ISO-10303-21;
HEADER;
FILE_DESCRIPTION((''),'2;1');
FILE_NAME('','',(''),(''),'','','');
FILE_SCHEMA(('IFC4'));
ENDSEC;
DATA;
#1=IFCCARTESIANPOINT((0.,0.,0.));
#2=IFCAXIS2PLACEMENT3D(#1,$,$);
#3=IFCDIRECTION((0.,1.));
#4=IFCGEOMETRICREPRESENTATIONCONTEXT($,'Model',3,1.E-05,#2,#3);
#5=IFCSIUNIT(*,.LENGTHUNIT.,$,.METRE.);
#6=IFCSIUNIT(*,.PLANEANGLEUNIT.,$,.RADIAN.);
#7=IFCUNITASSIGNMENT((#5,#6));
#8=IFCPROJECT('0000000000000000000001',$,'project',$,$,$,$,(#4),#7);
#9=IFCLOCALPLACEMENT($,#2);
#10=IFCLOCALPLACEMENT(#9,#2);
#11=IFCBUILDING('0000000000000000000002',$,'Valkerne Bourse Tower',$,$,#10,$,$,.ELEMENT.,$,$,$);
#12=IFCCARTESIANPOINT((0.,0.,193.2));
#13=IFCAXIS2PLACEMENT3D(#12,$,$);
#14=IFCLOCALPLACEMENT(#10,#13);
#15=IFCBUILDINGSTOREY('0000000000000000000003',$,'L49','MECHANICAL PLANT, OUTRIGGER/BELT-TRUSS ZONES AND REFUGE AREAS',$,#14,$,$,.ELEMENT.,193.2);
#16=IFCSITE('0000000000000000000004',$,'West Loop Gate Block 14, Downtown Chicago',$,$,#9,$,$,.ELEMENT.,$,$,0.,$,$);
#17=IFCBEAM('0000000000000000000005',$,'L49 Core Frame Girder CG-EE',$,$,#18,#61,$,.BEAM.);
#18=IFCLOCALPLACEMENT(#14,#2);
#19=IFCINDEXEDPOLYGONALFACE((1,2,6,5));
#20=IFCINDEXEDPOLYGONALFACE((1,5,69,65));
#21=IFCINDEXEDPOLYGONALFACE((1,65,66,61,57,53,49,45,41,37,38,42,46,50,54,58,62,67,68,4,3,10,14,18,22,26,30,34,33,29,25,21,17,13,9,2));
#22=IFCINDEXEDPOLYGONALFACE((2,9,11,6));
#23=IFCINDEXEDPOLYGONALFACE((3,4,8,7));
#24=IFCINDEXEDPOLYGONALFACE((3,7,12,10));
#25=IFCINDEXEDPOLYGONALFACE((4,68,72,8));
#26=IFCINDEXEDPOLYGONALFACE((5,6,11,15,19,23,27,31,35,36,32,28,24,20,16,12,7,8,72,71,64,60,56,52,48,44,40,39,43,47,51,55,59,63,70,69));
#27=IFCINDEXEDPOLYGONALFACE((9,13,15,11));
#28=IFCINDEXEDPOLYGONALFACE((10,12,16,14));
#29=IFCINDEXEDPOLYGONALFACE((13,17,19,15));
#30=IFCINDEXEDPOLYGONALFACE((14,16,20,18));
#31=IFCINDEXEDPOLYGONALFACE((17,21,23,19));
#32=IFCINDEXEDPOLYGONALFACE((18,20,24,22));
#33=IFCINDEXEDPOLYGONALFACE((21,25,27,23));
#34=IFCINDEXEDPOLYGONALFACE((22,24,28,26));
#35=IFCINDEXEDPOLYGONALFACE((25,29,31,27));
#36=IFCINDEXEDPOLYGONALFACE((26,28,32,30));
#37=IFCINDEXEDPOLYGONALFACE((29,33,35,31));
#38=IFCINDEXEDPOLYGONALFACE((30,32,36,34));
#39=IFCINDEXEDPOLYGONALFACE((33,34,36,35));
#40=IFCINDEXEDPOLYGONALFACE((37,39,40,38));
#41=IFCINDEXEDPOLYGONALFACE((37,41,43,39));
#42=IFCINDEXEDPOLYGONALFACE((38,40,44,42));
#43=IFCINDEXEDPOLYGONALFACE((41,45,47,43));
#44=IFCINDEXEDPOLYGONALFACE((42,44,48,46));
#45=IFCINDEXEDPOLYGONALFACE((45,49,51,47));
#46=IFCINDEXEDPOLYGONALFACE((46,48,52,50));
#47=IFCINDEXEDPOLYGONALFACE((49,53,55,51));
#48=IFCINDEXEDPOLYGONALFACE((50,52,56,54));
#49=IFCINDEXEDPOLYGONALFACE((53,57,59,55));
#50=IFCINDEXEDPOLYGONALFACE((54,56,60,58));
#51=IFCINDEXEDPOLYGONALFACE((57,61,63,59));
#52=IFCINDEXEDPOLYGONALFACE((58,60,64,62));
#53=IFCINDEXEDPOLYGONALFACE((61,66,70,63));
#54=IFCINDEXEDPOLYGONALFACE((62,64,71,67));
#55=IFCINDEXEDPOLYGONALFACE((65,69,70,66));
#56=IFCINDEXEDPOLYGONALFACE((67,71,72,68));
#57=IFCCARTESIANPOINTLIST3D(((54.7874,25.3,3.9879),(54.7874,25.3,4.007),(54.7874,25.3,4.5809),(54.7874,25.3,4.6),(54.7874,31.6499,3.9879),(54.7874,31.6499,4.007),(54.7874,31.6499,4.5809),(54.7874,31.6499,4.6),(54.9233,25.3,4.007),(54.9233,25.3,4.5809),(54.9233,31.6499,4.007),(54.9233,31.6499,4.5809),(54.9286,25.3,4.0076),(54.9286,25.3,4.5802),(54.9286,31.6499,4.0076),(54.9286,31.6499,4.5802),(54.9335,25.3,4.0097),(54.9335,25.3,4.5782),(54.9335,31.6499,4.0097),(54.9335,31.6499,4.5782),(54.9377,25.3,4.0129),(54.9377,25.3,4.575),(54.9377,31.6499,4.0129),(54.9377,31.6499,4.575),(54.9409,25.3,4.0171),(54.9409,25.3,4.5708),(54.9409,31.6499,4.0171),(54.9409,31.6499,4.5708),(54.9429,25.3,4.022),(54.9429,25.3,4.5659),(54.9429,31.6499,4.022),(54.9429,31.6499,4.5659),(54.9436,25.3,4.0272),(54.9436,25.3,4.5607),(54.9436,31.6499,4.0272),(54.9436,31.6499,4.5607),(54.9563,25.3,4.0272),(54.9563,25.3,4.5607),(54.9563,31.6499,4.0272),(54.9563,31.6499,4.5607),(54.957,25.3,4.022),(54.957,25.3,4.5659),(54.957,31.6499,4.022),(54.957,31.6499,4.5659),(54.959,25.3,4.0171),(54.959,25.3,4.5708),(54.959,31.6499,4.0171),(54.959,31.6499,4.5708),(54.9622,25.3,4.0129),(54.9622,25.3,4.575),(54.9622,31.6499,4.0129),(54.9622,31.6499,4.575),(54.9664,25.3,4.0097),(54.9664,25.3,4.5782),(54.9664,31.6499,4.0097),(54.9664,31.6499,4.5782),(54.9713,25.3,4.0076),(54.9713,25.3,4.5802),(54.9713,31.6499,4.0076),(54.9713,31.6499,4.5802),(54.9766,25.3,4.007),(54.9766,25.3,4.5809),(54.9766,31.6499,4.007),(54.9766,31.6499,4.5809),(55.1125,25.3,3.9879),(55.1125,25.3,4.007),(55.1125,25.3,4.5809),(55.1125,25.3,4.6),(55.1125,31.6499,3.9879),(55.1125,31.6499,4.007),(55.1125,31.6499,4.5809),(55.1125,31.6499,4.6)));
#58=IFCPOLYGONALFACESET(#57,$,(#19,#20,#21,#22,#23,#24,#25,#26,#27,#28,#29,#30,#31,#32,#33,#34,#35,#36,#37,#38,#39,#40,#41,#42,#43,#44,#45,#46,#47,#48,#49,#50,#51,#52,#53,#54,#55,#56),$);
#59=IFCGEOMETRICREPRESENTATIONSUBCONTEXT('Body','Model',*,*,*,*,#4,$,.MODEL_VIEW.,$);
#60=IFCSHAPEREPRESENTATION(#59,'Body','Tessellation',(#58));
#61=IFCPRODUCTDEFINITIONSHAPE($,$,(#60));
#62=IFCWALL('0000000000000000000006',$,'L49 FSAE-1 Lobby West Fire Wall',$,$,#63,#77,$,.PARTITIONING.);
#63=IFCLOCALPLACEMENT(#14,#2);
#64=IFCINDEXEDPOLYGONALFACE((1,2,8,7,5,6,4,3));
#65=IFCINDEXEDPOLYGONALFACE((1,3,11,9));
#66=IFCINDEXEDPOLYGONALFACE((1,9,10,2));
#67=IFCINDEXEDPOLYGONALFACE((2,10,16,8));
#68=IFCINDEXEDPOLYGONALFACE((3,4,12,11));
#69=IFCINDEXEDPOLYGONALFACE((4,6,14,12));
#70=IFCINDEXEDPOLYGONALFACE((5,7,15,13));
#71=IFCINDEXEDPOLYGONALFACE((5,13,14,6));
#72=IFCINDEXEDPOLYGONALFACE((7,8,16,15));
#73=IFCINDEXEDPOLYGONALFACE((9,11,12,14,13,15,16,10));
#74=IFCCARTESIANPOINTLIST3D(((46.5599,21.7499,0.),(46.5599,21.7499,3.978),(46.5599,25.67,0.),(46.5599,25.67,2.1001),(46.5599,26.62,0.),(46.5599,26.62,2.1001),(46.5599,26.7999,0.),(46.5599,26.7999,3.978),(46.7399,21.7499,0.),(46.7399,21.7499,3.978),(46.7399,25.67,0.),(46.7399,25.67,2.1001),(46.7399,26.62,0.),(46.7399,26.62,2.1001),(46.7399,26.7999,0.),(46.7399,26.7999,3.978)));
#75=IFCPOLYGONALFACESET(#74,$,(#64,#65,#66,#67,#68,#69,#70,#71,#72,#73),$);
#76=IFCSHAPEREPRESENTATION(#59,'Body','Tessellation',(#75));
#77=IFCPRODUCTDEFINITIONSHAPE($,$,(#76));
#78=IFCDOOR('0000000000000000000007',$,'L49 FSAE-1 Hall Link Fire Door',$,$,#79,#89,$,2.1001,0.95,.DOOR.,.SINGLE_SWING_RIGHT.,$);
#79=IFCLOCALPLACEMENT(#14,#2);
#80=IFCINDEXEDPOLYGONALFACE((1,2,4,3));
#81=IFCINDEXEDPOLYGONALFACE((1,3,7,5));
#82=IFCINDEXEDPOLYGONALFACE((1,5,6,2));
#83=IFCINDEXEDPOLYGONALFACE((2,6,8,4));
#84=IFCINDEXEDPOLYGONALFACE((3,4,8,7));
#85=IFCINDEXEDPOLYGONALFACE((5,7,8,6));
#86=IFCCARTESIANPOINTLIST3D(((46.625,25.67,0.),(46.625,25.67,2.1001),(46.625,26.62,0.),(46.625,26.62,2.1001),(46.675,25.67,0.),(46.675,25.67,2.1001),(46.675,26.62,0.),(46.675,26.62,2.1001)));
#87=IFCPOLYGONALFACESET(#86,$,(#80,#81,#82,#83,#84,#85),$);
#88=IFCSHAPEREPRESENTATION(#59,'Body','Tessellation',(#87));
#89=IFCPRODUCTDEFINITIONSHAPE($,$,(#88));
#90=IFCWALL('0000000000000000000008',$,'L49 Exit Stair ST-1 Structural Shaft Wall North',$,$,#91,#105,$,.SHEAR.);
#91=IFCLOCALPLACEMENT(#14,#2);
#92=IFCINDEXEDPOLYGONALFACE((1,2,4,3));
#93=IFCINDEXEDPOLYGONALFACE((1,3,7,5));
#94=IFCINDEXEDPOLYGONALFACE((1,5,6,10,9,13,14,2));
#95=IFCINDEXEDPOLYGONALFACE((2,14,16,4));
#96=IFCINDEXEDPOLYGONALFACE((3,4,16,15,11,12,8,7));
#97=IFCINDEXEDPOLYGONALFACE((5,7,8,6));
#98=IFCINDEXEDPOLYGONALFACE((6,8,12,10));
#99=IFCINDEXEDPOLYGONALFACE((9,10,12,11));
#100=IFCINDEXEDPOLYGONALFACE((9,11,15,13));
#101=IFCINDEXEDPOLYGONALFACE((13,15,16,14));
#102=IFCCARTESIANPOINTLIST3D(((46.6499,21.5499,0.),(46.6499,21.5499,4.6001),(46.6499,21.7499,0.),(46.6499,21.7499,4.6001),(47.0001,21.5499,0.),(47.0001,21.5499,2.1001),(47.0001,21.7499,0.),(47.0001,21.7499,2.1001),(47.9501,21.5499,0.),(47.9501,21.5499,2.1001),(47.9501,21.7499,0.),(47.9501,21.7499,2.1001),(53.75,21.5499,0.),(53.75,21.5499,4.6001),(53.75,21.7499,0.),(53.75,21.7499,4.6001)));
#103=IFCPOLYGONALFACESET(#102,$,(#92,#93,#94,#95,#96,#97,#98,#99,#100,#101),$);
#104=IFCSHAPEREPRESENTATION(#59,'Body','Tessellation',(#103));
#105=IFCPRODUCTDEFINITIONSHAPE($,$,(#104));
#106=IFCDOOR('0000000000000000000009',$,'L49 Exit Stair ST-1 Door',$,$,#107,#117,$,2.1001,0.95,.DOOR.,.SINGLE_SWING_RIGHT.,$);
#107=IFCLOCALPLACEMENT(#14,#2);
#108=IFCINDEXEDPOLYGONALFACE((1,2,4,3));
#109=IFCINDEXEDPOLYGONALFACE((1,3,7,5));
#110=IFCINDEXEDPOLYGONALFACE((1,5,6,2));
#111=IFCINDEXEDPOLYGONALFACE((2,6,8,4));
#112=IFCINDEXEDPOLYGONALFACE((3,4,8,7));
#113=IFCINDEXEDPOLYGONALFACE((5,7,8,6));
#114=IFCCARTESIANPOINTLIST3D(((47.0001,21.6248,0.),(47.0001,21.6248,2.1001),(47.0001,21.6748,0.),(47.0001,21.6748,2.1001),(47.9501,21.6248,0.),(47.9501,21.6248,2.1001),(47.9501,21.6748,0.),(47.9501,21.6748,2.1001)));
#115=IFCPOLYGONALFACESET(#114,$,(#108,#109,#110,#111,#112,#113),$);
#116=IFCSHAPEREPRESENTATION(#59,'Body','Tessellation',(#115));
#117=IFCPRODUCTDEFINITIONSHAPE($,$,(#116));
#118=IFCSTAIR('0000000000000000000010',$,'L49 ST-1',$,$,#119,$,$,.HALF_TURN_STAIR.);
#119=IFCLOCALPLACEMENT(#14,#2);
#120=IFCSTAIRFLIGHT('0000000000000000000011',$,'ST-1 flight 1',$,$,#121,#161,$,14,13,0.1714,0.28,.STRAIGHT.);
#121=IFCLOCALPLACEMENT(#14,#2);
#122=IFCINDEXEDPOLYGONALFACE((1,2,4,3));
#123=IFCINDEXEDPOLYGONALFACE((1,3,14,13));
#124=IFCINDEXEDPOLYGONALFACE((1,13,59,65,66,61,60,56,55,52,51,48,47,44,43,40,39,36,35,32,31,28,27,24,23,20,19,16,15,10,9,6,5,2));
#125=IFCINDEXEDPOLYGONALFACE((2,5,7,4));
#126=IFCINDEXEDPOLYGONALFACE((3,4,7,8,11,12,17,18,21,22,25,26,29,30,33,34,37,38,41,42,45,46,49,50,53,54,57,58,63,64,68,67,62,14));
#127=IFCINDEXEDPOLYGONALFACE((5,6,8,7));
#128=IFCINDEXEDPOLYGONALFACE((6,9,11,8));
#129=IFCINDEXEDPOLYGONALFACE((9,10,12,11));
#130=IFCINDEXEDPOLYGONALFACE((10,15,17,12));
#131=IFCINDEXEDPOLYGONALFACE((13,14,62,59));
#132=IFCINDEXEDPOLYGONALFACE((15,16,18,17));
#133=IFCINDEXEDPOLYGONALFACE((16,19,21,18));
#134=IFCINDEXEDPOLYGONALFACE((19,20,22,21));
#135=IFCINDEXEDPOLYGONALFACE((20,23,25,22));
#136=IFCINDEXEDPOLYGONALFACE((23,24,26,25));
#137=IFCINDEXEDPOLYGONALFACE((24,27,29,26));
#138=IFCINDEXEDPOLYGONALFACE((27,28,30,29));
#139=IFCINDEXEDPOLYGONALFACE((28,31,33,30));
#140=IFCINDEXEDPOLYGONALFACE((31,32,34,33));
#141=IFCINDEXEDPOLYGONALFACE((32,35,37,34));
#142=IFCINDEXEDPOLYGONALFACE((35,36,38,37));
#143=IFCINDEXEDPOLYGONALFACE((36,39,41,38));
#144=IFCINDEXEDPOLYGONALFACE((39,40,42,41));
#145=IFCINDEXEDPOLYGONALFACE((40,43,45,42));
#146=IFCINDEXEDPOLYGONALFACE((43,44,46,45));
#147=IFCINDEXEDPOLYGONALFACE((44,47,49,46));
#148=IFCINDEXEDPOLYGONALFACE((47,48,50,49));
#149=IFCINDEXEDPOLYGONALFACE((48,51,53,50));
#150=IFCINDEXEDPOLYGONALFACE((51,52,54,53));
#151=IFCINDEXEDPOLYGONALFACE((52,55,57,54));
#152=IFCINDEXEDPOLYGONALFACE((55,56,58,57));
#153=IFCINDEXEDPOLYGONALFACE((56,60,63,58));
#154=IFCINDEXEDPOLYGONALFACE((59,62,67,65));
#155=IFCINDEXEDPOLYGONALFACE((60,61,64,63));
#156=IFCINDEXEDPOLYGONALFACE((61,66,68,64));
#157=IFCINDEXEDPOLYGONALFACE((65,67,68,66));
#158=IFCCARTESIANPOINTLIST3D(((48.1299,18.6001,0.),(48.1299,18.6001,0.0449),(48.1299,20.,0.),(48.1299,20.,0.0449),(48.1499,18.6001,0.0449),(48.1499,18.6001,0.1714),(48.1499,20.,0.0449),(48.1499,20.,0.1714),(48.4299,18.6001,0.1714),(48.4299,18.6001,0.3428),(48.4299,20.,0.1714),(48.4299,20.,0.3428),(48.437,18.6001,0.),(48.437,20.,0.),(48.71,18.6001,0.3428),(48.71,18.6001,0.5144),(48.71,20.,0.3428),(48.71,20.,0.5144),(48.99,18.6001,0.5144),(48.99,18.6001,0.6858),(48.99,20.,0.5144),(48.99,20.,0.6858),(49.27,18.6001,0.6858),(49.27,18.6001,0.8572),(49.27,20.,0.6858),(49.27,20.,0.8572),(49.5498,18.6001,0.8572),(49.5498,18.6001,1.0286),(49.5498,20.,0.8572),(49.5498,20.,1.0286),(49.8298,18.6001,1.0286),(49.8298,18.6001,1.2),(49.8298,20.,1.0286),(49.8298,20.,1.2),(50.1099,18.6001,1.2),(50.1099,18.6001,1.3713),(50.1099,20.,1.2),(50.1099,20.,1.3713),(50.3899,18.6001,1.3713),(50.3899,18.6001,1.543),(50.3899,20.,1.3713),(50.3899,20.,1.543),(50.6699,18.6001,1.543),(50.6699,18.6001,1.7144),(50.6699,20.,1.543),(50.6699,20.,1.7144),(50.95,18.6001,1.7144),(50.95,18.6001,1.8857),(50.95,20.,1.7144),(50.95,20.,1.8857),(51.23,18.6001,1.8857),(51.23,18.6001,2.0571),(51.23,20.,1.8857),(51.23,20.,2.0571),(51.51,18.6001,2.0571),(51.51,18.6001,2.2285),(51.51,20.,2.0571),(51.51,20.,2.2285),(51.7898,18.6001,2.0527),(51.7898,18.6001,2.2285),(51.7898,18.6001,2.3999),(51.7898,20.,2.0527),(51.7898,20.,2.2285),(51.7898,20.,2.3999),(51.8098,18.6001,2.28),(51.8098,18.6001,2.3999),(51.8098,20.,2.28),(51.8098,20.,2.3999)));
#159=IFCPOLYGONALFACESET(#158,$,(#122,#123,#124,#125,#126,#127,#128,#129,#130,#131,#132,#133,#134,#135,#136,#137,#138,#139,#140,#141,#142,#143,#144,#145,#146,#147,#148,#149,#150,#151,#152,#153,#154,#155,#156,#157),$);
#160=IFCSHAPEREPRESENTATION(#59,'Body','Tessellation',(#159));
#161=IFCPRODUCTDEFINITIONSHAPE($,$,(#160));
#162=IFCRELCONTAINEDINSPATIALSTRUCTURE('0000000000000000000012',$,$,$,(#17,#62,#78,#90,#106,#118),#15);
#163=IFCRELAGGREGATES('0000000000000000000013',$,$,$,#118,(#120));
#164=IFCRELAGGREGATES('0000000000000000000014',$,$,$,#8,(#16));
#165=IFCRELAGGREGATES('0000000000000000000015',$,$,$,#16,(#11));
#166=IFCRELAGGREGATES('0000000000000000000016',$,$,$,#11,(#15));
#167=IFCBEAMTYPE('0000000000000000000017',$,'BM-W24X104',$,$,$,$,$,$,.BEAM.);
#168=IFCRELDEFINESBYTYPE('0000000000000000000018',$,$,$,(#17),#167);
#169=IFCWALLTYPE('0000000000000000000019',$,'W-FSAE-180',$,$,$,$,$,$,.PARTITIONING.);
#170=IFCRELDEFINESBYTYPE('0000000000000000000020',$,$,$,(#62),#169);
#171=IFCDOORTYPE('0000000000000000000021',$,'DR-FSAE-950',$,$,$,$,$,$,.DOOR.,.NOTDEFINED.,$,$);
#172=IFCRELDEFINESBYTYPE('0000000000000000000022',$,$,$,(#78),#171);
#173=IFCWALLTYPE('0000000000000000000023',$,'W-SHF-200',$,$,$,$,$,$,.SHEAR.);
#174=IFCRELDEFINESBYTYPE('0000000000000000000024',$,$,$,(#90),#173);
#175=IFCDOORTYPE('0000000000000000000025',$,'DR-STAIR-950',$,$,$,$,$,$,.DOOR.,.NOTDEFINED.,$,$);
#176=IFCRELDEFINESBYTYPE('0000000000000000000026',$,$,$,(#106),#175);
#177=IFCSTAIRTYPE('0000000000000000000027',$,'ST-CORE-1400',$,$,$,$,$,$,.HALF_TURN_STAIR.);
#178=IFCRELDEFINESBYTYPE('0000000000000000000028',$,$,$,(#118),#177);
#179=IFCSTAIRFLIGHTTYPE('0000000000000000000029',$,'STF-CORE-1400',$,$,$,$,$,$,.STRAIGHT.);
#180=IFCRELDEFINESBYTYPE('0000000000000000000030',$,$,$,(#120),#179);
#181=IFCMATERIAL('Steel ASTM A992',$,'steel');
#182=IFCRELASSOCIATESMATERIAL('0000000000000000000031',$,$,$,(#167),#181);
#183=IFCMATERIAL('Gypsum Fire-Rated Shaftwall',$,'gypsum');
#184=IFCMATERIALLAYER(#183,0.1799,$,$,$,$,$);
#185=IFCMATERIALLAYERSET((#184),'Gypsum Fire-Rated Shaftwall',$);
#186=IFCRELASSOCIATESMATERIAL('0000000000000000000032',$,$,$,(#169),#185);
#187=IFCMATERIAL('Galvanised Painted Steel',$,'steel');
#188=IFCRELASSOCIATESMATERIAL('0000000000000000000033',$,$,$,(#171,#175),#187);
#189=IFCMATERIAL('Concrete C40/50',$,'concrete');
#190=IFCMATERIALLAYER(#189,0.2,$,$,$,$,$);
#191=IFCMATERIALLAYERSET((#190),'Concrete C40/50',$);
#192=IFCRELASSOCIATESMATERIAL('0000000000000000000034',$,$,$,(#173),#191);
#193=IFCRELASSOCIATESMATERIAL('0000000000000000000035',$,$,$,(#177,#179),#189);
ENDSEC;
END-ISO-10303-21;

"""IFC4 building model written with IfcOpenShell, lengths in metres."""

from ifc_helpers import new_model, si_unit, direction, frame, frame_2d, origin, origin_2d, place, context, subcontext, project, spatial, polyline, rectangle, i_section, outline, extrude, material, layer, layer_set, material_profile, profile_set, type_object, element, fill, aggregate, save


model = new_model("IFC4")

# Units and contexts
model_context = context("Model", 3, precision=1e-05, world=origin(), true_north=direction((0.0, 1.0)))
body_context = subcontext(model_context, "Body", "Model", "MODEL_VIEW")
ifc_project = project(units=[si_unit("LENGTHUNIT", "METRE"), si_unit("PLANEANGLEUNIT", "RADIAN")], contexts=[model_context])

# Site, building, storey
site_placement = place(None, origin())
site = spatial("IfcSite", under=ifc_project, at=site_placement, Name="West Loop Gate Block 14, Downtown Chicago", CompositionType="ELEMENT", RefElevation=0.0)
building_placement = place(site_placement, origin())
building = spatial("IfcBuilding", under=site, at=building_placement, Name="Valkerne Bourse Tower", CompositionType="ELEMENT")
storey_placement = place(building_placement, frame((0.0, 0.0, 193.2)))
storey = spatial("IfcBuildingStorey", under=building, at=storey_placement, Name="L49", Description="MECHANICAL PLANT, OUTRIGGER/BELT-TRUSS ZONES AND REFUGE AREAS", CompositionType="ELEMENT", Elevation=193.2)

# Beam
ifc_material_1 = material(Name="Steel ASTM A992", Category="steel")
ifc_material_profile_1 = material_profile(ifc_material_1, i_section(OverallWidth=0.3252, OverallDepth=0.6121, WebThickness=0.0127, FlangeThickness=0.019, FilletRadius=0.0203, at=origin_2d()), Name="W24X104")
ifc_profile_set_1 = profile_set([ifc_material_profile_1], Name="Steel ASTM A992")
beam_type = type_object("IfcBeamType", Name="BM-W24X104", PredefinedType="BEAM", material=ifc_profile_set_1)
beam_1_placement = place(storey_placement, frame((54.95, 25.3, 4.2939), z_axis=(0.0, 1.0, 0.0), x_axis=(-1.0, 0.0, 0.0)))
element("IfcBeam", 1, at=beam_1_placement, inside=storey, type_object=beam_type, Name="L49 Core Frame Girder CG-EE", PredefinedType="BEAM", context=body_context, shape_type="SweptSolid", body=[
    extrude(i_section(OverallWidth=0.3252, OverallDepth=0.6121, WebThickness=0.0127, FlangeThickness=0.019, FilletRadius=0.0203, at=origin_2d()), origin(), (0.0, 0.0, 1.0), 6.3499),
])

# Wall, opening, door
ifc_material_2 = material(Name="Gypsum Fire-Rated Shaftwall", Category="gypsum")
ifc_layer_1 = layer(ifc_material_2, 0.1799)
ifc_layer_set_1 = layer_set([ifc_layer_1], Name="Gypsum Fire-Rated Shaftwall")
wall_type_1 = type_object("IfcWallType", Name="W-FSAE-180", PredefinedType="PARTITIONING", material=ifc_layer_set_1)
wall_1_placement = place(storey_placement, frame((46.6499, 21.75, 0.0), z_axis=(0.0, 0.0, 1.0), x_axis=(0.0, 1.0, 0.0)))
wall_1 = element("IfcWall", 2, at=wall_1_placement, inside=storey, type_object=wall_type_1, Name="L49 FSAE-1 Lobby West Fire Wall", PredefinedType="PARTITIONING", context=body_context, shape_type="SweptSolid", body=[
    extrude(rectangle(XDim=5.05, YDim=0.1799, at=frame_2d((2.5249, 0.0))), origin(), (0.0, 0.0, 1.0), 3.978),
])
opening_1_placement = place(wall_1_placement, frame((3.9199, 0.0, 0.0)))
opening_1 = element("IfcOpeningElement", 3, at=opening_1_placement, cuts=wall_1, PredefinedType="OPENING", context=body_context, shape_type="SweptSolid", body=[
    extrude(rectangle(XDim=0.95, YDim=2.1001, at=frame_2d((0.4751, 1.05))), frame((0.0, 0.0999, 0.0), z_axis=(0.0, -1.0, 0.0), x_axis=(1.0, 0.0, 0.0)), (0.0, 0.0, 1.0), 0.2),
])
ifc_material_3 = material(Name="Galvanised Painted Steel", Category="steel")
door_type_1 = type_object("IfcDoorType", Name="DR-FSAE-950", OperationType="NOTDEFINED", PredefinedType="DOOR", material=ifc_material_3)
door_1_placement = place(opening_1_placement, origin())
door_1 = element("IfcDoor", 4, at=door_1_placement, inside=storey, type_object=door_type_1, Name="L49 FSAE-1 Hall Link Fire Door", OperationType="SINGLE_SWING_RIGHT", OverallHeight=2.1001, OverallWidth=0.95, PredefinedType="DOOR", context=body_context, shape_type="SweptSolid", body=[
    extrude(rectangle(XDim=0.95, YDim=2.1001, at=frame_2d((0.4751, 1.05))), frame((0.0, 0.0249, 0.0), z_axis=(0.0, -1.0, 0.0), x_axis=(1.0, 0.0, 0.0)), (0.0, 0.0, 1.0), 0.05),
])
fill(opening_1, door_1)

# Wall, opening, door
ifc_material_4 = material(Name="Concrete C40/50", Category="concrete")
ifc_layer_2 = layer(ifc_material_4, 0.2)
ifc_layer_set_2 = layer_set([ifc_layer_2], Name="Concrete C40/50")
wall_type_2 = type_object("IfcWallType", Name="W-SHF-200", PredefinedType="SHEAR", material=ifc_layer_set_2)
wall_2_placement = place(storey_placement, frame((46.6499, 21.6499, 0.0), z_axis=(0.0, 0.0, 1.0), x_axis=(1.0, 0.0, 0.0)))
wall_2 = element("IfcWall", 5, at=wall_2_placement, inside=storey, type_object=wall_type_2, Name="L49 Exit Stair ST-1 Structural Shaft Wall North", PredefinedType="SHEAR", context=body_context, shape_type="SweptSolid", body=[
    extrude(rectangle(XDim=7.1001, YDim=0.2, at=frame_2d((3.55, 0.0))), origin(), (0.0, 0.0, 1.0), 4.6001),
])
opening_2_placement = place(wall_2_placement, frame((0.3501, 0.0, 0.0)))
opening_2 = element("IfcOpeningElement", 6, at=opening_2_placement, cuts=wall_2, PredefinedType="OPENING", context=body_context, shape_type="SweptSolid", body=[
    extrude(rectangle(XDim=0.95, YDim=2.1001, at=frame_2d((0.4751, 1.05))), frame((0.0, 0.1099, 0.0), z_axis=(0.0, -1.0, 0.0), x_axis=(1.0, 0.0, 0.0)), (0.0, 0.0, 1.0), 0.22),
])
door_type_2 = type_object("IfcDoorType", Name="DR-STAIR-950", OperationType="NOTDEFINED", PredefinedType="DOOR", material=ifc_material_3)
door_2_placement = place(opening_2_placement, origin())
door_2 = element("IfcDoor", 7, at=door_2_placement, inside=storey, type_object=door_type_2, Name="L49 Exit Stair ST-1 Door", OperationType="SINGLE_SWING_RIGHT", OverallHeight=2.1001, OverallWidth=0.95, PredefinedType="DOOR", context=body_context, shape_type="SweptSolid", body=[
    extrude(rectangle(XDim=0.95, YDim=2.1001, at=frame_2d((0.4751, 1.05))), frame((0.0, 0.0249, 0.0), z_axis=(0.0, -1.0, 0.0), x_axis=(1.0, 0.0, 0.0)), (0.0, 0.0, 1.0), 0.05),
])
fill(opening_2, door_2)

# Stair, stair flight
stair_type = type_object("IfcStairType", Name="ST-CORE-1400", PredefinedType="HALF_TURN_STAIR", material=ifc_material_4)
stair_placement = place(storey_placement, origin())
stair = element("IfcStair", 8, at=stair_placement, inside=storey, type_object=stair_type, Name="L49 ST-1", PredefinedType="HALF_TURN_STAIR")
stair_flight_type = type_object("IfcStairFlightType", Name="STF-CORE-1400", PredefinedType="STRAIGHT", material=ifc_material_4)
stair_flight_1_placement = place(storey_placement, frame((48.1499, 19.3, 0.0), z_axis=(0.0, 0.0, 1.0), x_axis=(1.0, 0.0, 0.0)))
stair_flight_1 = element("IfcStairFlight", 9, at=stair_flight_1_placement, type_object=stair_flight_type, Name="ST-1 flight 1", NumberOfRisers=14, NumberOfTreads=13, PredefinedType="STRAIGHT", RiserHeight=0.1714, TreadLength=0.28, context=body_context, shape_type="SweptSolid", body=[
    extrude(outline(polyline([(-0.02, 0.0), (-0.02, 0.0449), (0.0, 0.0449), (0.0, 0.1714), (0.28, 0.1714), (0.28, 0.3428), (0.5601, 0.3428), (0.5601, 0.5144), (0.8401, 0.5144), (0.8401, 0.6858), (1.1201, 0.6858), (1.1201, 0.8572), (1.3999, 0.8572), (1.3999, 1.0286), (1.6799, 1.0286), (1.6799, 1.2), (1.96, 1.2), (1.96, 1.3713), (2.24, 1.3713), (2.24, 1.543), (2.52, 1.543), (2.52, 1.7144), (2.8, 1.7144), (2.8, 1.8857), (3.0801, 1.8857), (3.0801, 2.0571), (3.3601, 2.0571), (3.3601, 2.2285), (3.6399, 2.2285), (3.6399, 2.3999), (3.6599, 2.3999), (3.6599, 2.28), (3.6399, 2.0527), (0.2871, 0.0), (-0.02, 0.0)])), frame((0.0, 0.7, 0.0), z_axis=(0.0, -1.0, 0.0), x_axis=(1.0, 0.0, 0.0)), (0.0, 0.0, 1.0), 1.3999),
])
aggregate(stair, [stair_flight_1])

save(model, "model.ifc")
